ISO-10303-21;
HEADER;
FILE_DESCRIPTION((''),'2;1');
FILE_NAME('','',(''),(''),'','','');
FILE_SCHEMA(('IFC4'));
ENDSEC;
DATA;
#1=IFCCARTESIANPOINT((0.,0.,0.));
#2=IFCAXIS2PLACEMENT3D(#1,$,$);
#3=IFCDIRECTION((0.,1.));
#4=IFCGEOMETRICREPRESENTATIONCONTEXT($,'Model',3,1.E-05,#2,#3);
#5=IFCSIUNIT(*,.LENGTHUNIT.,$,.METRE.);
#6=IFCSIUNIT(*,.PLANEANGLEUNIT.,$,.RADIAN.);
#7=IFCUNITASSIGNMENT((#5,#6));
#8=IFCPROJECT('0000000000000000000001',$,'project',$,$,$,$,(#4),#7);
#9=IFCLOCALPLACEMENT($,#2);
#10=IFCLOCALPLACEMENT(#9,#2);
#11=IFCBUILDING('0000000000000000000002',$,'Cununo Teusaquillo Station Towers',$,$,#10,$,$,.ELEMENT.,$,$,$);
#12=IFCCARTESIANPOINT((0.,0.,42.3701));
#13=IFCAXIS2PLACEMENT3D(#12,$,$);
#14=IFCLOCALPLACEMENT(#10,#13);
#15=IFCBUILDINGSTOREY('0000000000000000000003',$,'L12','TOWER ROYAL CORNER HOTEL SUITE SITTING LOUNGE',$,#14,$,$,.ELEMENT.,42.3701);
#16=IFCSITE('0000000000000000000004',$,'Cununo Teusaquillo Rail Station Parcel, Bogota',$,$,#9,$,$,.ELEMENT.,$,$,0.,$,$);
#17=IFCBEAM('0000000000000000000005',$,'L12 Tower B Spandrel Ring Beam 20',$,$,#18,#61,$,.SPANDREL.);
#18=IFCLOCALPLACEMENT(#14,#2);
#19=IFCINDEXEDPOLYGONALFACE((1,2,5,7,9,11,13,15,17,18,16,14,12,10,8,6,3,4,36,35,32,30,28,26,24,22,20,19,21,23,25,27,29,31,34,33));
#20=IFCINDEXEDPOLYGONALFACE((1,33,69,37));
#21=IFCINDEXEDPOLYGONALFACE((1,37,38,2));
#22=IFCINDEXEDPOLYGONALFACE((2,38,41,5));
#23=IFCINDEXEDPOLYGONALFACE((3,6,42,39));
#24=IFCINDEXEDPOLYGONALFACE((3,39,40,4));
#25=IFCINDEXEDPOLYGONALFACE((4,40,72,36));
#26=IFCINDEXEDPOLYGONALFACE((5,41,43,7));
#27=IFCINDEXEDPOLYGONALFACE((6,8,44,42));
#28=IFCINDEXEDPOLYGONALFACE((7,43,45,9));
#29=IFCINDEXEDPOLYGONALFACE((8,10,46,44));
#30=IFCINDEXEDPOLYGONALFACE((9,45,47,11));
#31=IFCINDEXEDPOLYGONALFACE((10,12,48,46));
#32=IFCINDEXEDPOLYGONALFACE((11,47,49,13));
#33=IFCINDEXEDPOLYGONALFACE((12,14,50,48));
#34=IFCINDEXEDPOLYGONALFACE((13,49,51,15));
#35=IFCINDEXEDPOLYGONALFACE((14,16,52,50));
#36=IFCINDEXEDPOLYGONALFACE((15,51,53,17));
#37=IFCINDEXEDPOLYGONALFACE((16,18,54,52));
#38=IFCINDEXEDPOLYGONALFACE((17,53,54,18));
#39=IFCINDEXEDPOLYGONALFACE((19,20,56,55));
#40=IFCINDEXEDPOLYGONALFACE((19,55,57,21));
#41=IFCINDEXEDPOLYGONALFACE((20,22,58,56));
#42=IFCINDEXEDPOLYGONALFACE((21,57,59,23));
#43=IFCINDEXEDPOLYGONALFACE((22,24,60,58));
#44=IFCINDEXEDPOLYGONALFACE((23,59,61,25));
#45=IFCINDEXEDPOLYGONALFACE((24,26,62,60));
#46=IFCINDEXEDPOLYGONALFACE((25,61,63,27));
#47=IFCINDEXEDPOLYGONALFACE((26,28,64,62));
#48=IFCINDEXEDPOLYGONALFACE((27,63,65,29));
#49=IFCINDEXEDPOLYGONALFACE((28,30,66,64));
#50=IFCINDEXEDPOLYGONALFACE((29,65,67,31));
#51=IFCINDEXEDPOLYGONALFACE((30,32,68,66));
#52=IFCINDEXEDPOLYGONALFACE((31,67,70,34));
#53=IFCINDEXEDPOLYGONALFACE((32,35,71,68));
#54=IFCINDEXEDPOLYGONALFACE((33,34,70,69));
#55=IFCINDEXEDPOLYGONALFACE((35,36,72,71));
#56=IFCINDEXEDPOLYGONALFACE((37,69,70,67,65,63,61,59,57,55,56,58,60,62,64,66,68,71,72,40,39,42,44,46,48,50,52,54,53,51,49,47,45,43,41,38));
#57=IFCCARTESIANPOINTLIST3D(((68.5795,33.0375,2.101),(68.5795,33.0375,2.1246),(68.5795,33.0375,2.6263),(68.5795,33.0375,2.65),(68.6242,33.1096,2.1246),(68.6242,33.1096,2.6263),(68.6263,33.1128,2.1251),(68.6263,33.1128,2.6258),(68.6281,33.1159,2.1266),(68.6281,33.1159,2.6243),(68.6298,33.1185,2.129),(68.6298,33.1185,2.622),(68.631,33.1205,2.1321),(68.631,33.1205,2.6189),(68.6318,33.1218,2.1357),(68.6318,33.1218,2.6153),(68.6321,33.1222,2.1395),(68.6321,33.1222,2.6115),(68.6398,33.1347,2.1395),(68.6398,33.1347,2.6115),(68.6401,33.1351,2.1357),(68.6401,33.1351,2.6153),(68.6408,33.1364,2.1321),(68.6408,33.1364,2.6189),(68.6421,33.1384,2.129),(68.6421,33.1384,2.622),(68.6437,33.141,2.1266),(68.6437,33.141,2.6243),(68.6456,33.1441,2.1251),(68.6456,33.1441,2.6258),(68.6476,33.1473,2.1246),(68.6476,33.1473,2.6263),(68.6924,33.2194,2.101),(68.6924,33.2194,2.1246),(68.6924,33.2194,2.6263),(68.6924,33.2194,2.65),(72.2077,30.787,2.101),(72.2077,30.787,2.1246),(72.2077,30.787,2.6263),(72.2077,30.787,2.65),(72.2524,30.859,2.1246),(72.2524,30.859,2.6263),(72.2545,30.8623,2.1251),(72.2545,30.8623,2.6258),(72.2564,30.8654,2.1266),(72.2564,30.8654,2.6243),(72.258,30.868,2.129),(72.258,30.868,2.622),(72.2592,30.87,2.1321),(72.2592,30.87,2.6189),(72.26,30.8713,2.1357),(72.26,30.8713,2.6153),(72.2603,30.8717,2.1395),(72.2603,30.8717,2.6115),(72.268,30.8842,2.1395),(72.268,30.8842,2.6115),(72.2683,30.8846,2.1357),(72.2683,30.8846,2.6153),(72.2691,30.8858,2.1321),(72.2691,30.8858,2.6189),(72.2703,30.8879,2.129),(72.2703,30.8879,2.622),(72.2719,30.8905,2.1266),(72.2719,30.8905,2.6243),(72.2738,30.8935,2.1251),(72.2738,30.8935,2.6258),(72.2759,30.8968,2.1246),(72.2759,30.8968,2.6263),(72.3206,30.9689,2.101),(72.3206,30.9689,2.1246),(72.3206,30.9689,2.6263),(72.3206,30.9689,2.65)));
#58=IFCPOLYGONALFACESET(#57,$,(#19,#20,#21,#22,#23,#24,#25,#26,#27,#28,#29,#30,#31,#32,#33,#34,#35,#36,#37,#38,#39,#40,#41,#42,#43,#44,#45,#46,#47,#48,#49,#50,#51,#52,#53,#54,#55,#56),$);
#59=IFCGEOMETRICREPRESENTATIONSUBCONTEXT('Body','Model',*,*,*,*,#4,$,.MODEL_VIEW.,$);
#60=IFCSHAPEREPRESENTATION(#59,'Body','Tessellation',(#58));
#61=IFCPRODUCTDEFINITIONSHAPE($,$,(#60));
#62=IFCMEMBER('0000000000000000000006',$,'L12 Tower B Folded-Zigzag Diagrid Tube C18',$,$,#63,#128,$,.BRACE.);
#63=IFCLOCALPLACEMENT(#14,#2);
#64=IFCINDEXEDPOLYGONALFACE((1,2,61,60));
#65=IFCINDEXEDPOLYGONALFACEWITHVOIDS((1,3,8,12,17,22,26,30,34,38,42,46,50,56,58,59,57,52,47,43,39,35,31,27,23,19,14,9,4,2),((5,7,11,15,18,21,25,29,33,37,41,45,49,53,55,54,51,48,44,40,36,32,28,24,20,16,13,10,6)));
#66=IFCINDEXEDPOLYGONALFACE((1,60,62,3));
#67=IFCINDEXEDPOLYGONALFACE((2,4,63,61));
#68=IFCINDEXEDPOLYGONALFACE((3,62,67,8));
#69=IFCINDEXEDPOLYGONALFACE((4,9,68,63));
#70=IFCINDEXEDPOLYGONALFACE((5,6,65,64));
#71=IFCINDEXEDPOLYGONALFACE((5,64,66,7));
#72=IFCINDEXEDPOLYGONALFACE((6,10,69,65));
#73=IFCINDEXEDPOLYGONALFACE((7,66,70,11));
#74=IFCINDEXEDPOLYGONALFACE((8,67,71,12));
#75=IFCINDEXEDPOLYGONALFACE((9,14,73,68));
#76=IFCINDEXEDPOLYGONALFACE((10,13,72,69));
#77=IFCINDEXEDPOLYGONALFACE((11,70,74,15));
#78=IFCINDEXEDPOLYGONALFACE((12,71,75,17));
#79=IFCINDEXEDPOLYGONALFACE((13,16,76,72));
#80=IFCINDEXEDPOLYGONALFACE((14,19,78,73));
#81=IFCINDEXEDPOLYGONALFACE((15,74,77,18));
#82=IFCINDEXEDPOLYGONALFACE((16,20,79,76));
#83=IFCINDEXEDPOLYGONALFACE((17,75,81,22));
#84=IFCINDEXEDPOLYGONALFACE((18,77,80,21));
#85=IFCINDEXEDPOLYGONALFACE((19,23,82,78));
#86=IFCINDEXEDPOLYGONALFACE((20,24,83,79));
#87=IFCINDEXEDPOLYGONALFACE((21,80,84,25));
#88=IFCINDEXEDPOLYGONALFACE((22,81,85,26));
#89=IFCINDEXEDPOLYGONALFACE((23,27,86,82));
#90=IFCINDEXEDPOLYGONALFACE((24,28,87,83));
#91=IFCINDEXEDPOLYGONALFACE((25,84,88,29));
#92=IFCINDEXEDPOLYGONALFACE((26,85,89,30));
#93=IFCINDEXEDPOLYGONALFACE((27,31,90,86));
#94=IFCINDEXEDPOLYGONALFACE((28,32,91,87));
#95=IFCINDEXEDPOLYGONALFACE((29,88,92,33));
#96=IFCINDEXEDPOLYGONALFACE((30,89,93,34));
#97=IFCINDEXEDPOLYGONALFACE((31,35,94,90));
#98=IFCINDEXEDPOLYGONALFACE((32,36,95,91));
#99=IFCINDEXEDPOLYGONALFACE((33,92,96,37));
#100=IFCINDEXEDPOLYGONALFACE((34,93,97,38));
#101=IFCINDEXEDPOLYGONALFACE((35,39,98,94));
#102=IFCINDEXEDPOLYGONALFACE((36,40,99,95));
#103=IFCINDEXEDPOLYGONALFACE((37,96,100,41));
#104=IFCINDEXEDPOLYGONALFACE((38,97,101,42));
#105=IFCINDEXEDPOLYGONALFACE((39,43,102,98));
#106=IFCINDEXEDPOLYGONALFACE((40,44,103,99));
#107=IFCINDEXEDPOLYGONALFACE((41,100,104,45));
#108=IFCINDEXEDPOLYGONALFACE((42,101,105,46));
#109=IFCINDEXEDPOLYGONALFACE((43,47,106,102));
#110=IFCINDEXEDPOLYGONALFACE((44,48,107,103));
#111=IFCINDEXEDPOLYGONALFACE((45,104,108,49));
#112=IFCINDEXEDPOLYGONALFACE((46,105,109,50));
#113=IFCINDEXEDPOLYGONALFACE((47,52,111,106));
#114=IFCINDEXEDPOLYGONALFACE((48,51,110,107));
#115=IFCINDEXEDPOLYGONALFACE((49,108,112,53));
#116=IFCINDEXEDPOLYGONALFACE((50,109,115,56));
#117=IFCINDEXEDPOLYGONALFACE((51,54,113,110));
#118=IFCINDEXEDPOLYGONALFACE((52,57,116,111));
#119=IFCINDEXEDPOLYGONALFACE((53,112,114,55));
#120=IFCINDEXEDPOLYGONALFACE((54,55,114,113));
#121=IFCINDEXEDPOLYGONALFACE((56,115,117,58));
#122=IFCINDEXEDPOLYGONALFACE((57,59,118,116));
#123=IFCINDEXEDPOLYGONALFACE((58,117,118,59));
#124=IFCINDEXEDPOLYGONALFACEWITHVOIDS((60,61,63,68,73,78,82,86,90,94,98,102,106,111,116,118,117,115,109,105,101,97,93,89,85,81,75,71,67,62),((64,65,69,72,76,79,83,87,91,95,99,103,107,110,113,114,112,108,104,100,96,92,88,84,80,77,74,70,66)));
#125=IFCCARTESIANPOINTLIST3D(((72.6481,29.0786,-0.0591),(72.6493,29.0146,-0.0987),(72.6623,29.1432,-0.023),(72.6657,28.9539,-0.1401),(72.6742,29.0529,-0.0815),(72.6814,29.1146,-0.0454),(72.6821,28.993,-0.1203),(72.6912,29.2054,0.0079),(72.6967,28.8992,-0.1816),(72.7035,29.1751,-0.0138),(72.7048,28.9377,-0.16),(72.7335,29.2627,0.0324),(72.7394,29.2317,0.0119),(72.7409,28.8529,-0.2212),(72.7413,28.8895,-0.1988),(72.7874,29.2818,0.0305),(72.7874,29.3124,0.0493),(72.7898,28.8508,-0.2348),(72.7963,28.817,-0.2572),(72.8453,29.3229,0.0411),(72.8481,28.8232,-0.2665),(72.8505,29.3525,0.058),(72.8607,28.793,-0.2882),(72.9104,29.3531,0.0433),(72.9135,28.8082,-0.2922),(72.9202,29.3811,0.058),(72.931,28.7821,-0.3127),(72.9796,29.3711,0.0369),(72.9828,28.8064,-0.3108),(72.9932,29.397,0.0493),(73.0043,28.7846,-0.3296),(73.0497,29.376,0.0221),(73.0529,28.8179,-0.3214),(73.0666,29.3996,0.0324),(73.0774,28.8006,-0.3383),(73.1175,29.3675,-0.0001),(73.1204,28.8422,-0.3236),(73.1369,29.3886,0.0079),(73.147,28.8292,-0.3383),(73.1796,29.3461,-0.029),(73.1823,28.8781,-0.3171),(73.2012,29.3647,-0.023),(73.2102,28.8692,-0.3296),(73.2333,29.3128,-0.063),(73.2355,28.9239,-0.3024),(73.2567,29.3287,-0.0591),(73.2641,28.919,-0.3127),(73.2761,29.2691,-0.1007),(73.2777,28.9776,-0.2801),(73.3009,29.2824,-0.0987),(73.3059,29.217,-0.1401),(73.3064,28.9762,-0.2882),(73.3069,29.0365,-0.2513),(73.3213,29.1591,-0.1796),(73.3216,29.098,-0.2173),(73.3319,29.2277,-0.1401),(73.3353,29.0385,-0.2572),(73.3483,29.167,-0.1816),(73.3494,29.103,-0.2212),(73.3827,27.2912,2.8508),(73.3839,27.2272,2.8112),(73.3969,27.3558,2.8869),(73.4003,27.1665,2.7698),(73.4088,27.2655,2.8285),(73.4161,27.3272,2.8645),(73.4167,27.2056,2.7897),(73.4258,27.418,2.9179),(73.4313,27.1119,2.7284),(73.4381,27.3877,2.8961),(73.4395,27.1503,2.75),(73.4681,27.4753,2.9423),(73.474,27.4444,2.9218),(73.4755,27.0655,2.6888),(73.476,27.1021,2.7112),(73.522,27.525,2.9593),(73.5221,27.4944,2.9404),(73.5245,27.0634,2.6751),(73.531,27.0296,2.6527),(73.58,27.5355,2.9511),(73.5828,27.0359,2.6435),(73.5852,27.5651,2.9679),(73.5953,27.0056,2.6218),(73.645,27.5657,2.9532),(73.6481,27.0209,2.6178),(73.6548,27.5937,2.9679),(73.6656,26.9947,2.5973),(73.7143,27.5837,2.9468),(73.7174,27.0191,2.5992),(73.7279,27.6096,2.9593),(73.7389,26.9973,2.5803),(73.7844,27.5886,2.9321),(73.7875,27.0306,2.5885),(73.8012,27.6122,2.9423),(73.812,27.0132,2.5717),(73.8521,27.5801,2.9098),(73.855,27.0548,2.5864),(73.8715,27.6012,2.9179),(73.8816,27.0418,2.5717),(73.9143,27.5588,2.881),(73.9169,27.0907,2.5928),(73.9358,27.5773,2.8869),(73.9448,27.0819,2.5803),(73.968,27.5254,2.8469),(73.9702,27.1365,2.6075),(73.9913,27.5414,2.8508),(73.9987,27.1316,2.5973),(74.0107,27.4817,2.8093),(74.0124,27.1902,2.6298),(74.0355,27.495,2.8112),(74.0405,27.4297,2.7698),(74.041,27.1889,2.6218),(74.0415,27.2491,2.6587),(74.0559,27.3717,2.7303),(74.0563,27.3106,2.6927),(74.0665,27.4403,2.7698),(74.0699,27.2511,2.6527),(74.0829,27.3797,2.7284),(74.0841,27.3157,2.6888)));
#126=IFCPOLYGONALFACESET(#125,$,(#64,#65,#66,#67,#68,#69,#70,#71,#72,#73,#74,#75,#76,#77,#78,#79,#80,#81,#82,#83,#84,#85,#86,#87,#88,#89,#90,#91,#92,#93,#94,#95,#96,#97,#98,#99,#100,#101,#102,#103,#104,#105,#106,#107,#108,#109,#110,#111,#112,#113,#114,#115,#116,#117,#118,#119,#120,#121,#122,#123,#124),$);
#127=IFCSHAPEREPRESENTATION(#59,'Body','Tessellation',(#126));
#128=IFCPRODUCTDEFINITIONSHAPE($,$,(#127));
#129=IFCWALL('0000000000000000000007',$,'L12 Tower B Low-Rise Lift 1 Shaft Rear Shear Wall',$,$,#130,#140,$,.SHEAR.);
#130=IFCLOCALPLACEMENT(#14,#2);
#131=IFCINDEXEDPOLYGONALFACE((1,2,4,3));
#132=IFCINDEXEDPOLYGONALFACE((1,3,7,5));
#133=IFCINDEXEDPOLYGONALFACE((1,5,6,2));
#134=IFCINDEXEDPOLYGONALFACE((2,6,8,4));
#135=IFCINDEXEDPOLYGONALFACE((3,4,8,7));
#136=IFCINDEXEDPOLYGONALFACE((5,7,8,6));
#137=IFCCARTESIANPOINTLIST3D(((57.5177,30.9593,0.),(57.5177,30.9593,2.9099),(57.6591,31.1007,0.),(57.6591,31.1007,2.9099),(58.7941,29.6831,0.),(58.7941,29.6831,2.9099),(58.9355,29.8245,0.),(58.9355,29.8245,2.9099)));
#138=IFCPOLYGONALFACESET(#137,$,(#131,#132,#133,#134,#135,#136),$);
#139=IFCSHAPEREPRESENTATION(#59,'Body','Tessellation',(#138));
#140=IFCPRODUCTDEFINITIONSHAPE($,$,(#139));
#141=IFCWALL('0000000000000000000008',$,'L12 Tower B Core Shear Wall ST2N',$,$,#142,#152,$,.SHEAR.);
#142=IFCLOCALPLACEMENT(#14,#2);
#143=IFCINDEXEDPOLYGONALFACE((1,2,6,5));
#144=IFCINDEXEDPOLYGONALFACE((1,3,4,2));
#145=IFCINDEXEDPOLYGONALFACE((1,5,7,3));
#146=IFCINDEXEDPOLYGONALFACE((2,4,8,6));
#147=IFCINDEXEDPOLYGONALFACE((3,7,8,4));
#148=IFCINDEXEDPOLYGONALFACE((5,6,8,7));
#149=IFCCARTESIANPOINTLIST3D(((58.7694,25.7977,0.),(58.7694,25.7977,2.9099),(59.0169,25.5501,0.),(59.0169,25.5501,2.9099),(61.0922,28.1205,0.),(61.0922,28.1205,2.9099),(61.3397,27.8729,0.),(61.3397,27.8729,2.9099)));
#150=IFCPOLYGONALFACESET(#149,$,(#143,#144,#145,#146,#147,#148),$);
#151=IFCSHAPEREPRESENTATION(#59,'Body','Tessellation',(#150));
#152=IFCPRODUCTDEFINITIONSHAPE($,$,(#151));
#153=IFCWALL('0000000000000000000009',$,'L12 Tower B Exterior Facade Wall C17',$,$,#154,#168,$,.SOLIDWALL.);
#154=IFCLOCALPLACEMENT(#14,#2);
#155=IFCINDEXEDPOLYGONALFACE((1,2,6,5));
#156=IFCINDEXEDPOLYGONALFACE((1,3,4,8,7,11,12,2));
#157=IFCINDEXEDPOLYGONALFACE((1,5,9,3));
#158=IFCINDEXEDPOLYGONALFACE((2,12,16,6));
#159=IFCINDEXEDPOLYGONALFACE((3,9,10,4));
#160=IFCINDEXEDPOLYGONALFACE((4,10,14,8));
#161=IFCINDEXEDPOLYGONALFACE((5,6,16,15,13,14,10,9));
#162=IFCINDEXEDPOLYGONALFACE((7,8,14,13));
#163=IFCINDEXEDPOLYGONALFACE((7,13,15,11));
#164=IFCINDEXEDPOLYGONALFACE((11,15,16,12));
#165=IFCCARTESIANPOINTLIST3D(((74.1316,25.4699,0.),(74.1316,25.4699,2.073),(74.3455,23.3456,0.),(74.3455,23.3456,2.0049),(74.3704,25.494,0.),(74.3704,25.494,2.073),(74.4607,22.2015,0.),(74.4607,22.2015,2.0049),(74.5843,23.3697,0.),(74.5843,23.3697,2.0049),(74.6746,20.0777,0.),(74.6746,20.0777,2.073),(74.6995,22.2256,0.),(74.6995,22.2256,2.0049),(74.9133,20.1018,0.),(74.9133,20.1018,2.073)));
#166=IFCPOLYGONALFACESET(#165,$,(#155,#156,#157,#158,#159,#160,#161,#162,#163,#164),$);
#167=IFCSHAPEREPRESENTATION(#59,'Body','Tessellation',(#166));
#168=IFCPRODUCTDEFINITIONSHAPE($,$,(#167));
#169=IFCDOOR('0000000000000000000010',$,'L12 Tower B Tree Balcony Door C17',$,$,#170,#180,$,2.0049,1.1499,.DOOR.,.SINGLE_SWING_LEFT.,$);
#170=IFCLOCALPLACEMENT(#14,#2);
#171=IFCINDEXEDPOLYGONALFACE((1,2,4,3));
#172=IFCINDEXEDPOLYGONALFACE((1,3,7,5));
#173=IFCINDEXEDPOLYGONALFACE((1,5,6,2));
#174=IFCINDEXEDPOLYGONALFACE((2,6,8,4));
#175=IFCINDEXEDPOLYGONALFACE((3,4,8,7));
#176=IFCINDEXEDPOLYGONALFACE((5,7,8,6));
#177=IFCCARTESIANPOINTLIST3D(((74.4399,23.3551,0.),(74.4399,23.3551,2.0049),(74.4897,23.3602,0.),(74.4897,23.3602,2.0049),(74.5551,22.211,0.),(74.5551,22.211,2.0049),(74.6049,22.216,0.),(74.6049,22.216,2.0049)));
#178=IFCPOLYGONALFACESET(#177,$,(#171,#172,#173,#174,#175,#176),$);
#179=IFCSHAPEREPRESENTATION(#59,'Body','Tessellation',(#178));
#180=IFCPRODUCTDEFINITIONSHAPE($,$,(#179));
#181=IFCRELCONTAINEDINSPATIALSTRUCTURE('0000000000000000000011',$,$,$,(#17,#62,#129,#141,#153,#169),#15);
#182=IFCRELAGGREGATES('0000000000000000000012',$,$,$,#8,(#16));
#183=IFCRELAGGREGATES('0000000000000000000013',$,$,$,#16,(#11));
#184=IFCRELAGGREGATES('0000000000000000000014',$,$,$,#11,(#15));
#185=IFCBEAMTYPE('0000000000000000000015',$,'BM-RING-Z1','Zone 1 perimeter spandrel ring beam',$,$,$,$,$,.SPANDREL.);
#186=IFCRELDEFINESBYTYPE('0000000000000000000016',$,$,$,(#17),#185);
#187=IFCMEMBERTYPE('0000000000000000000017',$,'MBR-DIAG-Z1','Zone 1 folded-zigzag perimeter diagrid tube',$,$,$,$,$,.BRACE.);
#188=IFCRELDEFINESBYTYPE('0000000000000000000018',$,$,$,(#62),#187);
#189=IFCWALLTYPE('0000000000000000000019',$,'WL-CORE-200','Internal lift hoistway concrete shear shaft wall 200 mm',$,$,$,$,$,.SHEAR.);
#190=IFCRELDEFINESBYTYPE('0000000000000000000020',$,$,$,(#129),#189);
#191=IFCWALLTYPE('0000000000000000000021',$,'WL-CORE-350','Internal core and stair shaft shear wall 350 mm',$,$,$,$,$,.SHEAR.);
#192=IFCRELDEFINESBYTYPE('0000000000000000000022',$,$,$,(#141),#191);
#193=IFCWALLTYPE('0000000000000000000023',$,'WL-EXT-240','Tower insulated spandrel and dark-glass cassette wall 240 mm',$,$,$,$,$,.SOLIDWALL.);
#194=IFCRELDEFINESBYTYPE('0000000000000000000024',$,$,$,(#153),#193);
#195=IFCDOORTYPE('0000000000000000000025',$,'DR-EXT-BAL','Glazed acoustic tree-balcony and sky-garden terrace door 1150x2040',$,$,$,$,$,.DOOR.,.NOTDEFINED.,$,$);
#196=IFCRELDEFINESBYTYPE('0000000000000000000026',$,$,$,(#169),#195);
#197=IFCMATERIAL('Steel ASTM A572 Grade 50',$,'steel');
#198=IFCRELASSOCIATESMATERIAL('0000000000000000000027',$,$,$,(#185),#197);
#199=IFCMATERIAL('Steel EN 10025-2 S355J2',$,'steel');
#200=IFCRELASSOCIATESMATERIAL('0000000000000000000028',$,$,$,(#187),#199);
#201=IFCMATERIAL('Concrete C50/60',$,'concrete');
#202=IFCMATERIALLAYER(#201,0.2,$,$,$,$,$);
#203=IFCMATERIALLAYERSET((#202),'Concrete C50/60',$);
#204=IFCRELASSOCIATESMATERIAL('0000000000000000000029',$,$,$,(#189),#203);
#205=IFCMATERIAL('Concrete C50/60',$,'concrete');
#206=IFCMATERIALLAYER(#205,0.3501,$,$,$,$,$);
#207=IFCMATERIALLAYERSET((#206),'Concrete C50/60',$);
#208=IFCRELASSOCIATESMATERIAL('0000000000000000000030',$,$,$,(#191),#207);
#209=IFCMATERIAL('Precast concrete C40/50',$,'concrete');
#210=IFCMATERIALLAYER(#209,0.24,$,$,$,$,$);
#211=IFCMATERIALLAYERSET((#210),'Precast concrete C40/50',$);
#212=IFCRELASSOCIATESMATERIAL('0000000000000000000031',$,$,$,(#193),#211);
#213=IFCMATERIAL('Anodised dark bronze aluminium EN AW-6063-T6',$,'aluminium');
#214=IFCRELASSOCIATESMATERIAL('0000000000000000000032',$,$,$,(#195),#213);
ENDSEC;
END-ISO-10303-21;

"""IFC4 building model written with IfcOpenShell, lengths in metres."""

from ifc_helpers import new_model, si_unit, direction, frame, frame_2d, origin, origin_2d, place, context, subcontext, project, spatial, rectangle, hollow_circle, i_section, extrude, source, transform, mapped, material, layer, layer_set, material_profile, profile_set, type_object, element, fill, save


model = new_model("IFC4")

# Units and contexts
model_context = context("Model", 3, precision=1e-05, world=origin(), true_north=direction((0.0, 1.0)))
body_context = subcontext(model_context, "Body", "Model", "MODEL_VIEW")
ifc_project = project(units=[si_unit("LENGTHUNIT", "METRE"), si_unit("PLANEANGLEUNIT", "RADIAN")], contexts=[model_context])

# Site, building, storey
site_placement = place(None, origin())
site = spatial("IfcSite", under=ifc_project, at=site_placement, Name="Cununo Teusaquillo Rail Station Parcel, Bogota", CompositionType="ELEMENT", RefElevation=0.0)
building_placement = place(site_placement, origin())
building = spatial("IfcBuilding", under=site, at=building_placement, Name="Cununo Teusaquillo Station Towers", CompositionType="ELEMENT")
storey_placement = place(building_placement, frame((0.0, 0.0, 42.3701)))
storey = spatial("IfcBuildingStorey", under=building, at=storey_placement, Name="L12", Description="TOWER ROYAL CORNER HOTEL SUITE SITTING LOUNGE", CompositionType="ELEMENT", Elevation=42.3701)

# Beam
ifc_material_1 = material(Name="Steel ASTM A572 Grade 50", Category="steel")
ifc_material_profile_1 = material_profile(ifc_material_1, i_section(OverallWidth=0.2141, OverallDepth=0.5491, WebThickness=0.0146, FlangeThickness=0.0237, FilletRadius=0.0149, at=origin_2d()), Name="W21X93")
ifc_profile_set_1 = profile_set([ifc_material_profile_1], Name="Steel ASTM A572 Grade 50")
beam_type_1 = type_object("IfcBeamType", Name="BM-RING-Z1", Description="Zone 1 perimeter spandrel ring beam", PredefinedType="SPANDREL", material=ifc_profile_set_1)
beam_1_placement = place(storey_placement, frame((72.2642, 30.8779, 2.3755), z_axis=(-0.849796, 0.527112, 0.0), x_axis=(-0.527112, -0.849796, 0.0)))
element("IfcBeam", 1, at=beam_1_placement, inside=storey, type_object=beam_type_1, Name="L12 Tower B Spandrel Ring Beam 20", PredefinedType="SPANDREL", context=body_context, shape_type="SweptSolid", body=[
    extrude(i_section(OverallWidth=0.2141, OverallDepth=0.5491, WebThickness=0.0146, FlangeThickness=0.0237, FilletRadius=0.0149, at=origin_2d()), origin(), (0.0, 0.0, 1.0), 4.2695),
])

# Member
ifc_material_2 = material(Name="Steel EN 10025-2 S355J2", Category="steel")
ifc_material_profile_2 = material_profile(ifc_material_2, hollow_circle(Radius=0.3601, WallThickness=0.0281, at=origin_2d()), Name="CHS 720x28")
ifc_profile_set_2 = profile_set([ifc_material_profile_2], Name="Steel EN 10025-2 S355J2")
member_type = type_object("IfcMemberType", Name="MBR-DIAG-Z1", Description="Zone 1 folded-zigzag perimeter diagrid tube", PredefinedType="BRACE", material=ifc_profile_set_2)
member_placement = place(storey_placement, frame((72.9988, 29.0908, -0.1401), z_axis=(0.210305, -0.511678, 0.833041), x_axis=(0.924924, 0.380152, 0.0)))
element("IfcMember", 2, at=member_placement, inside=storey, type_object=member_type, Name="L12 Tower B Folded-Zigzag Diagrid Tube C18", PredefinedType="BRACE", context=body_context, shape_type="SweptSolid", body=[
    extrude(hollow_circle(Radius=0.3601, WallThickness=0.0281, at=origin_2d()), origin(), (0.0, 0.0, 1.0), 3.4932),
])

# Walls
ifc_material_3 = material(Name="Concrete C50/60", Category="concrete")
ifc_layer_1 = layer(ifc_material_3, 0.2)
ifc_layer_set_1 = layer_set([ifc_layer_1], Name="Concrete C50/60")
wall_type_1 = type_object("IfcWallType", Name="WL-CORE-200", Description="Internal lift hoistway concrete shear shaft wall 200 mm", PredefinedType="SHEAR", material=ifc_layer_set_1)
wall_1_placement = place(storey_placement, frame((58.8647, 29.7539, 0.0), z_axis=(0.0, 0.0, 1.0), x_axis=(-0.707174, 0.707039, 0.0)))
element("IfcWall", 3, at=wall_1_placement, inside=storey, type_object=wall_type_1, Name="L12 Tower B Low-Rise Lift 1 Shaft Rear Shear Wall", PredefinedType="SHEAR", context=body_context, shape_type="SweptSolid", body=[
    extrude(rectangle(XDim=1.8049, YDim=0.2, at=frame_2d((0.9023, 0.0))), origin(), (0.0, 0.0, 1.0), 2.9099),
])
ifc_material_4 = material(Name="Concrete C50/60", Category="concrete")
ifc_layer_2 = layer(ifc_material_4, 0.3501)
ifc_layer_set_2 = layer_set([ifc_layer_2], Name="Concrete C50/60")
wall_type_2 = type_object("IfcWallType", Name="WL-CORE-350", Description="Internal core and stair shaft shear wall 350 mm", PredefinedType="SHEAR", material=ifc_layer_set_2)
wall_2_placement = place(storey_placement, frame((58.8931, 25.6738, 0.0), z_axis=(0.0, 0.0, 1.0), x_axis=(0.707107, 0.707107, 0.0)))
element("IfcWall", 4, at=wall_2_placement, inside=storey, type_object=wall_type_2, Name="L12 Tower B Core Shear Wall ST2N", PredefinedType="SHEAR", context=body_context, shape_type="SweptSolid", body=[
    extrude(rectangle(XDim=3.2849, YDim=0.3501, at=frame_2d((1.6426, 0.0))), origin(), (0.0, 0.0, 1.0), 2.9099),
])

# Wall, opening, door
ifc_material_5 = material(Name="Precast concrete C40/50", Category="concrete")
ifc_layer_3 = layer(ifc_material_5, 0.24)
ifc_layer_set_3 = layer_set([ifc_layer_3], Name="Precast concrete C40/50")
wall_type_3 = type_object("IfcWallType", Name="WL-EXT-240", Description="Tower insulated spandrel and dark-glass cassette wall 240 mm", PredefinedType="SOLIDWALL", material=ifc_layer_set_3)
wall_3_placement = place(storey_placement, frame((74.251, 25.4819, 0.0), z_axis=(0.0, 0.0, 1.0), x_axis=(0.100191, -0.994968, 0.0)))
wall_3 = element("IfcWall", 5, at=wall_3_placement, inside=storey, type_object=wall_type_3, Name="L12 Tower B Exterior Facade Wall C17", PredefinedType="SOLIDWALL", context=body_context, shape_type="SweptSolid", body=[
    extrude(rectangle(XDim=5.4194, YDim=0.24, at=frame_2d((2.7097, 0.0))), origin(), (0.0, 0.0, 1.0), 2.073),
])
shared_shape_1 = source(origin(), body_context, "Body", "SweptSolid", [
    extrude(rectangle(XDim=1.1499, YDim=2.0049, at=frame_2d((0.575, 1.0024))), frame((0.0, 0.1299, 0.0), z_axis=(0.0, -1.0, 0.0), x_axis=(1.0, 0.0, 0.0)), (0.0, 0.0, 1.0), 0.26),
])
opening_1_placement = place(wall_3_placement, frame((2.135, 0.0, 0.0)))
opening_1 = element("IfcOpeningElement", 6, at=opening_1_placement, cuts=wall_3, PredefinedType="OPENING", context=body_context, shape_type="MappedRepresentation", body=[
    mapped(shared_shape_1, transform((0.0, 0.0, 0.0), x_axis=(1.0, 0.0, 0.0), y_axis=(0.0, 1.0, 0.0), z_axis=(0.0, 0.0, 1.0), scale=1.0)),
])
ifc_material_6 = material(Name="Anodised dark bronze aluminium EN AW-6063-T6", Category="aluminium")
door_type_1 = type_object("IfcDoorType", Name="DR-EXT-BAL", Description="Glazed acoustic tree-balcony and sky-garden terrace door 1150x2040", OperationType="NOTDEFINED", PredefinedType="DOOR", material=ifc_material_6)
shared_shape_2 = source(origin(), body_context, "Body", "SweptSolid", [
    extrude(rectangle(XDim=1.1499, YDim=2.0049, at=frame_2d((0.575, 1.0024))), frame((0.0, 0.0249, 0.0), z_axis=(0.0, -1.0, 0.0), x_axis=(1.0, 0.0, 0.0)), (0.0, 0.0, 1.0), 0.05),
])
door_1_placement = place(opening_1_placement, origin())
door_1 = element("IfcDoor", 7, at=door_1_placement, inside=storey, type_object=door_type_1, Name="L12 Tower B Tree Balcony Door C17", OperationType="SINGLE_SWING_LEFT", OverallHeight=2.0049, OverallWidth=1.1499, PredefinedType="DOOR", context=body_context, shape_type="MappedRepresentation", body=[
    mapped(shared_shape_2, transform((0.0, 0.0, 0.0), x_axis=(1.0, 0.0, 0.0), y_axis=(0.0, 1.0, 0.0), z_axis=(0.0, 0.0, 1.0), scale=1.0)),
])
fill(opening_1, door_1)

save(model, "model.ifc")
